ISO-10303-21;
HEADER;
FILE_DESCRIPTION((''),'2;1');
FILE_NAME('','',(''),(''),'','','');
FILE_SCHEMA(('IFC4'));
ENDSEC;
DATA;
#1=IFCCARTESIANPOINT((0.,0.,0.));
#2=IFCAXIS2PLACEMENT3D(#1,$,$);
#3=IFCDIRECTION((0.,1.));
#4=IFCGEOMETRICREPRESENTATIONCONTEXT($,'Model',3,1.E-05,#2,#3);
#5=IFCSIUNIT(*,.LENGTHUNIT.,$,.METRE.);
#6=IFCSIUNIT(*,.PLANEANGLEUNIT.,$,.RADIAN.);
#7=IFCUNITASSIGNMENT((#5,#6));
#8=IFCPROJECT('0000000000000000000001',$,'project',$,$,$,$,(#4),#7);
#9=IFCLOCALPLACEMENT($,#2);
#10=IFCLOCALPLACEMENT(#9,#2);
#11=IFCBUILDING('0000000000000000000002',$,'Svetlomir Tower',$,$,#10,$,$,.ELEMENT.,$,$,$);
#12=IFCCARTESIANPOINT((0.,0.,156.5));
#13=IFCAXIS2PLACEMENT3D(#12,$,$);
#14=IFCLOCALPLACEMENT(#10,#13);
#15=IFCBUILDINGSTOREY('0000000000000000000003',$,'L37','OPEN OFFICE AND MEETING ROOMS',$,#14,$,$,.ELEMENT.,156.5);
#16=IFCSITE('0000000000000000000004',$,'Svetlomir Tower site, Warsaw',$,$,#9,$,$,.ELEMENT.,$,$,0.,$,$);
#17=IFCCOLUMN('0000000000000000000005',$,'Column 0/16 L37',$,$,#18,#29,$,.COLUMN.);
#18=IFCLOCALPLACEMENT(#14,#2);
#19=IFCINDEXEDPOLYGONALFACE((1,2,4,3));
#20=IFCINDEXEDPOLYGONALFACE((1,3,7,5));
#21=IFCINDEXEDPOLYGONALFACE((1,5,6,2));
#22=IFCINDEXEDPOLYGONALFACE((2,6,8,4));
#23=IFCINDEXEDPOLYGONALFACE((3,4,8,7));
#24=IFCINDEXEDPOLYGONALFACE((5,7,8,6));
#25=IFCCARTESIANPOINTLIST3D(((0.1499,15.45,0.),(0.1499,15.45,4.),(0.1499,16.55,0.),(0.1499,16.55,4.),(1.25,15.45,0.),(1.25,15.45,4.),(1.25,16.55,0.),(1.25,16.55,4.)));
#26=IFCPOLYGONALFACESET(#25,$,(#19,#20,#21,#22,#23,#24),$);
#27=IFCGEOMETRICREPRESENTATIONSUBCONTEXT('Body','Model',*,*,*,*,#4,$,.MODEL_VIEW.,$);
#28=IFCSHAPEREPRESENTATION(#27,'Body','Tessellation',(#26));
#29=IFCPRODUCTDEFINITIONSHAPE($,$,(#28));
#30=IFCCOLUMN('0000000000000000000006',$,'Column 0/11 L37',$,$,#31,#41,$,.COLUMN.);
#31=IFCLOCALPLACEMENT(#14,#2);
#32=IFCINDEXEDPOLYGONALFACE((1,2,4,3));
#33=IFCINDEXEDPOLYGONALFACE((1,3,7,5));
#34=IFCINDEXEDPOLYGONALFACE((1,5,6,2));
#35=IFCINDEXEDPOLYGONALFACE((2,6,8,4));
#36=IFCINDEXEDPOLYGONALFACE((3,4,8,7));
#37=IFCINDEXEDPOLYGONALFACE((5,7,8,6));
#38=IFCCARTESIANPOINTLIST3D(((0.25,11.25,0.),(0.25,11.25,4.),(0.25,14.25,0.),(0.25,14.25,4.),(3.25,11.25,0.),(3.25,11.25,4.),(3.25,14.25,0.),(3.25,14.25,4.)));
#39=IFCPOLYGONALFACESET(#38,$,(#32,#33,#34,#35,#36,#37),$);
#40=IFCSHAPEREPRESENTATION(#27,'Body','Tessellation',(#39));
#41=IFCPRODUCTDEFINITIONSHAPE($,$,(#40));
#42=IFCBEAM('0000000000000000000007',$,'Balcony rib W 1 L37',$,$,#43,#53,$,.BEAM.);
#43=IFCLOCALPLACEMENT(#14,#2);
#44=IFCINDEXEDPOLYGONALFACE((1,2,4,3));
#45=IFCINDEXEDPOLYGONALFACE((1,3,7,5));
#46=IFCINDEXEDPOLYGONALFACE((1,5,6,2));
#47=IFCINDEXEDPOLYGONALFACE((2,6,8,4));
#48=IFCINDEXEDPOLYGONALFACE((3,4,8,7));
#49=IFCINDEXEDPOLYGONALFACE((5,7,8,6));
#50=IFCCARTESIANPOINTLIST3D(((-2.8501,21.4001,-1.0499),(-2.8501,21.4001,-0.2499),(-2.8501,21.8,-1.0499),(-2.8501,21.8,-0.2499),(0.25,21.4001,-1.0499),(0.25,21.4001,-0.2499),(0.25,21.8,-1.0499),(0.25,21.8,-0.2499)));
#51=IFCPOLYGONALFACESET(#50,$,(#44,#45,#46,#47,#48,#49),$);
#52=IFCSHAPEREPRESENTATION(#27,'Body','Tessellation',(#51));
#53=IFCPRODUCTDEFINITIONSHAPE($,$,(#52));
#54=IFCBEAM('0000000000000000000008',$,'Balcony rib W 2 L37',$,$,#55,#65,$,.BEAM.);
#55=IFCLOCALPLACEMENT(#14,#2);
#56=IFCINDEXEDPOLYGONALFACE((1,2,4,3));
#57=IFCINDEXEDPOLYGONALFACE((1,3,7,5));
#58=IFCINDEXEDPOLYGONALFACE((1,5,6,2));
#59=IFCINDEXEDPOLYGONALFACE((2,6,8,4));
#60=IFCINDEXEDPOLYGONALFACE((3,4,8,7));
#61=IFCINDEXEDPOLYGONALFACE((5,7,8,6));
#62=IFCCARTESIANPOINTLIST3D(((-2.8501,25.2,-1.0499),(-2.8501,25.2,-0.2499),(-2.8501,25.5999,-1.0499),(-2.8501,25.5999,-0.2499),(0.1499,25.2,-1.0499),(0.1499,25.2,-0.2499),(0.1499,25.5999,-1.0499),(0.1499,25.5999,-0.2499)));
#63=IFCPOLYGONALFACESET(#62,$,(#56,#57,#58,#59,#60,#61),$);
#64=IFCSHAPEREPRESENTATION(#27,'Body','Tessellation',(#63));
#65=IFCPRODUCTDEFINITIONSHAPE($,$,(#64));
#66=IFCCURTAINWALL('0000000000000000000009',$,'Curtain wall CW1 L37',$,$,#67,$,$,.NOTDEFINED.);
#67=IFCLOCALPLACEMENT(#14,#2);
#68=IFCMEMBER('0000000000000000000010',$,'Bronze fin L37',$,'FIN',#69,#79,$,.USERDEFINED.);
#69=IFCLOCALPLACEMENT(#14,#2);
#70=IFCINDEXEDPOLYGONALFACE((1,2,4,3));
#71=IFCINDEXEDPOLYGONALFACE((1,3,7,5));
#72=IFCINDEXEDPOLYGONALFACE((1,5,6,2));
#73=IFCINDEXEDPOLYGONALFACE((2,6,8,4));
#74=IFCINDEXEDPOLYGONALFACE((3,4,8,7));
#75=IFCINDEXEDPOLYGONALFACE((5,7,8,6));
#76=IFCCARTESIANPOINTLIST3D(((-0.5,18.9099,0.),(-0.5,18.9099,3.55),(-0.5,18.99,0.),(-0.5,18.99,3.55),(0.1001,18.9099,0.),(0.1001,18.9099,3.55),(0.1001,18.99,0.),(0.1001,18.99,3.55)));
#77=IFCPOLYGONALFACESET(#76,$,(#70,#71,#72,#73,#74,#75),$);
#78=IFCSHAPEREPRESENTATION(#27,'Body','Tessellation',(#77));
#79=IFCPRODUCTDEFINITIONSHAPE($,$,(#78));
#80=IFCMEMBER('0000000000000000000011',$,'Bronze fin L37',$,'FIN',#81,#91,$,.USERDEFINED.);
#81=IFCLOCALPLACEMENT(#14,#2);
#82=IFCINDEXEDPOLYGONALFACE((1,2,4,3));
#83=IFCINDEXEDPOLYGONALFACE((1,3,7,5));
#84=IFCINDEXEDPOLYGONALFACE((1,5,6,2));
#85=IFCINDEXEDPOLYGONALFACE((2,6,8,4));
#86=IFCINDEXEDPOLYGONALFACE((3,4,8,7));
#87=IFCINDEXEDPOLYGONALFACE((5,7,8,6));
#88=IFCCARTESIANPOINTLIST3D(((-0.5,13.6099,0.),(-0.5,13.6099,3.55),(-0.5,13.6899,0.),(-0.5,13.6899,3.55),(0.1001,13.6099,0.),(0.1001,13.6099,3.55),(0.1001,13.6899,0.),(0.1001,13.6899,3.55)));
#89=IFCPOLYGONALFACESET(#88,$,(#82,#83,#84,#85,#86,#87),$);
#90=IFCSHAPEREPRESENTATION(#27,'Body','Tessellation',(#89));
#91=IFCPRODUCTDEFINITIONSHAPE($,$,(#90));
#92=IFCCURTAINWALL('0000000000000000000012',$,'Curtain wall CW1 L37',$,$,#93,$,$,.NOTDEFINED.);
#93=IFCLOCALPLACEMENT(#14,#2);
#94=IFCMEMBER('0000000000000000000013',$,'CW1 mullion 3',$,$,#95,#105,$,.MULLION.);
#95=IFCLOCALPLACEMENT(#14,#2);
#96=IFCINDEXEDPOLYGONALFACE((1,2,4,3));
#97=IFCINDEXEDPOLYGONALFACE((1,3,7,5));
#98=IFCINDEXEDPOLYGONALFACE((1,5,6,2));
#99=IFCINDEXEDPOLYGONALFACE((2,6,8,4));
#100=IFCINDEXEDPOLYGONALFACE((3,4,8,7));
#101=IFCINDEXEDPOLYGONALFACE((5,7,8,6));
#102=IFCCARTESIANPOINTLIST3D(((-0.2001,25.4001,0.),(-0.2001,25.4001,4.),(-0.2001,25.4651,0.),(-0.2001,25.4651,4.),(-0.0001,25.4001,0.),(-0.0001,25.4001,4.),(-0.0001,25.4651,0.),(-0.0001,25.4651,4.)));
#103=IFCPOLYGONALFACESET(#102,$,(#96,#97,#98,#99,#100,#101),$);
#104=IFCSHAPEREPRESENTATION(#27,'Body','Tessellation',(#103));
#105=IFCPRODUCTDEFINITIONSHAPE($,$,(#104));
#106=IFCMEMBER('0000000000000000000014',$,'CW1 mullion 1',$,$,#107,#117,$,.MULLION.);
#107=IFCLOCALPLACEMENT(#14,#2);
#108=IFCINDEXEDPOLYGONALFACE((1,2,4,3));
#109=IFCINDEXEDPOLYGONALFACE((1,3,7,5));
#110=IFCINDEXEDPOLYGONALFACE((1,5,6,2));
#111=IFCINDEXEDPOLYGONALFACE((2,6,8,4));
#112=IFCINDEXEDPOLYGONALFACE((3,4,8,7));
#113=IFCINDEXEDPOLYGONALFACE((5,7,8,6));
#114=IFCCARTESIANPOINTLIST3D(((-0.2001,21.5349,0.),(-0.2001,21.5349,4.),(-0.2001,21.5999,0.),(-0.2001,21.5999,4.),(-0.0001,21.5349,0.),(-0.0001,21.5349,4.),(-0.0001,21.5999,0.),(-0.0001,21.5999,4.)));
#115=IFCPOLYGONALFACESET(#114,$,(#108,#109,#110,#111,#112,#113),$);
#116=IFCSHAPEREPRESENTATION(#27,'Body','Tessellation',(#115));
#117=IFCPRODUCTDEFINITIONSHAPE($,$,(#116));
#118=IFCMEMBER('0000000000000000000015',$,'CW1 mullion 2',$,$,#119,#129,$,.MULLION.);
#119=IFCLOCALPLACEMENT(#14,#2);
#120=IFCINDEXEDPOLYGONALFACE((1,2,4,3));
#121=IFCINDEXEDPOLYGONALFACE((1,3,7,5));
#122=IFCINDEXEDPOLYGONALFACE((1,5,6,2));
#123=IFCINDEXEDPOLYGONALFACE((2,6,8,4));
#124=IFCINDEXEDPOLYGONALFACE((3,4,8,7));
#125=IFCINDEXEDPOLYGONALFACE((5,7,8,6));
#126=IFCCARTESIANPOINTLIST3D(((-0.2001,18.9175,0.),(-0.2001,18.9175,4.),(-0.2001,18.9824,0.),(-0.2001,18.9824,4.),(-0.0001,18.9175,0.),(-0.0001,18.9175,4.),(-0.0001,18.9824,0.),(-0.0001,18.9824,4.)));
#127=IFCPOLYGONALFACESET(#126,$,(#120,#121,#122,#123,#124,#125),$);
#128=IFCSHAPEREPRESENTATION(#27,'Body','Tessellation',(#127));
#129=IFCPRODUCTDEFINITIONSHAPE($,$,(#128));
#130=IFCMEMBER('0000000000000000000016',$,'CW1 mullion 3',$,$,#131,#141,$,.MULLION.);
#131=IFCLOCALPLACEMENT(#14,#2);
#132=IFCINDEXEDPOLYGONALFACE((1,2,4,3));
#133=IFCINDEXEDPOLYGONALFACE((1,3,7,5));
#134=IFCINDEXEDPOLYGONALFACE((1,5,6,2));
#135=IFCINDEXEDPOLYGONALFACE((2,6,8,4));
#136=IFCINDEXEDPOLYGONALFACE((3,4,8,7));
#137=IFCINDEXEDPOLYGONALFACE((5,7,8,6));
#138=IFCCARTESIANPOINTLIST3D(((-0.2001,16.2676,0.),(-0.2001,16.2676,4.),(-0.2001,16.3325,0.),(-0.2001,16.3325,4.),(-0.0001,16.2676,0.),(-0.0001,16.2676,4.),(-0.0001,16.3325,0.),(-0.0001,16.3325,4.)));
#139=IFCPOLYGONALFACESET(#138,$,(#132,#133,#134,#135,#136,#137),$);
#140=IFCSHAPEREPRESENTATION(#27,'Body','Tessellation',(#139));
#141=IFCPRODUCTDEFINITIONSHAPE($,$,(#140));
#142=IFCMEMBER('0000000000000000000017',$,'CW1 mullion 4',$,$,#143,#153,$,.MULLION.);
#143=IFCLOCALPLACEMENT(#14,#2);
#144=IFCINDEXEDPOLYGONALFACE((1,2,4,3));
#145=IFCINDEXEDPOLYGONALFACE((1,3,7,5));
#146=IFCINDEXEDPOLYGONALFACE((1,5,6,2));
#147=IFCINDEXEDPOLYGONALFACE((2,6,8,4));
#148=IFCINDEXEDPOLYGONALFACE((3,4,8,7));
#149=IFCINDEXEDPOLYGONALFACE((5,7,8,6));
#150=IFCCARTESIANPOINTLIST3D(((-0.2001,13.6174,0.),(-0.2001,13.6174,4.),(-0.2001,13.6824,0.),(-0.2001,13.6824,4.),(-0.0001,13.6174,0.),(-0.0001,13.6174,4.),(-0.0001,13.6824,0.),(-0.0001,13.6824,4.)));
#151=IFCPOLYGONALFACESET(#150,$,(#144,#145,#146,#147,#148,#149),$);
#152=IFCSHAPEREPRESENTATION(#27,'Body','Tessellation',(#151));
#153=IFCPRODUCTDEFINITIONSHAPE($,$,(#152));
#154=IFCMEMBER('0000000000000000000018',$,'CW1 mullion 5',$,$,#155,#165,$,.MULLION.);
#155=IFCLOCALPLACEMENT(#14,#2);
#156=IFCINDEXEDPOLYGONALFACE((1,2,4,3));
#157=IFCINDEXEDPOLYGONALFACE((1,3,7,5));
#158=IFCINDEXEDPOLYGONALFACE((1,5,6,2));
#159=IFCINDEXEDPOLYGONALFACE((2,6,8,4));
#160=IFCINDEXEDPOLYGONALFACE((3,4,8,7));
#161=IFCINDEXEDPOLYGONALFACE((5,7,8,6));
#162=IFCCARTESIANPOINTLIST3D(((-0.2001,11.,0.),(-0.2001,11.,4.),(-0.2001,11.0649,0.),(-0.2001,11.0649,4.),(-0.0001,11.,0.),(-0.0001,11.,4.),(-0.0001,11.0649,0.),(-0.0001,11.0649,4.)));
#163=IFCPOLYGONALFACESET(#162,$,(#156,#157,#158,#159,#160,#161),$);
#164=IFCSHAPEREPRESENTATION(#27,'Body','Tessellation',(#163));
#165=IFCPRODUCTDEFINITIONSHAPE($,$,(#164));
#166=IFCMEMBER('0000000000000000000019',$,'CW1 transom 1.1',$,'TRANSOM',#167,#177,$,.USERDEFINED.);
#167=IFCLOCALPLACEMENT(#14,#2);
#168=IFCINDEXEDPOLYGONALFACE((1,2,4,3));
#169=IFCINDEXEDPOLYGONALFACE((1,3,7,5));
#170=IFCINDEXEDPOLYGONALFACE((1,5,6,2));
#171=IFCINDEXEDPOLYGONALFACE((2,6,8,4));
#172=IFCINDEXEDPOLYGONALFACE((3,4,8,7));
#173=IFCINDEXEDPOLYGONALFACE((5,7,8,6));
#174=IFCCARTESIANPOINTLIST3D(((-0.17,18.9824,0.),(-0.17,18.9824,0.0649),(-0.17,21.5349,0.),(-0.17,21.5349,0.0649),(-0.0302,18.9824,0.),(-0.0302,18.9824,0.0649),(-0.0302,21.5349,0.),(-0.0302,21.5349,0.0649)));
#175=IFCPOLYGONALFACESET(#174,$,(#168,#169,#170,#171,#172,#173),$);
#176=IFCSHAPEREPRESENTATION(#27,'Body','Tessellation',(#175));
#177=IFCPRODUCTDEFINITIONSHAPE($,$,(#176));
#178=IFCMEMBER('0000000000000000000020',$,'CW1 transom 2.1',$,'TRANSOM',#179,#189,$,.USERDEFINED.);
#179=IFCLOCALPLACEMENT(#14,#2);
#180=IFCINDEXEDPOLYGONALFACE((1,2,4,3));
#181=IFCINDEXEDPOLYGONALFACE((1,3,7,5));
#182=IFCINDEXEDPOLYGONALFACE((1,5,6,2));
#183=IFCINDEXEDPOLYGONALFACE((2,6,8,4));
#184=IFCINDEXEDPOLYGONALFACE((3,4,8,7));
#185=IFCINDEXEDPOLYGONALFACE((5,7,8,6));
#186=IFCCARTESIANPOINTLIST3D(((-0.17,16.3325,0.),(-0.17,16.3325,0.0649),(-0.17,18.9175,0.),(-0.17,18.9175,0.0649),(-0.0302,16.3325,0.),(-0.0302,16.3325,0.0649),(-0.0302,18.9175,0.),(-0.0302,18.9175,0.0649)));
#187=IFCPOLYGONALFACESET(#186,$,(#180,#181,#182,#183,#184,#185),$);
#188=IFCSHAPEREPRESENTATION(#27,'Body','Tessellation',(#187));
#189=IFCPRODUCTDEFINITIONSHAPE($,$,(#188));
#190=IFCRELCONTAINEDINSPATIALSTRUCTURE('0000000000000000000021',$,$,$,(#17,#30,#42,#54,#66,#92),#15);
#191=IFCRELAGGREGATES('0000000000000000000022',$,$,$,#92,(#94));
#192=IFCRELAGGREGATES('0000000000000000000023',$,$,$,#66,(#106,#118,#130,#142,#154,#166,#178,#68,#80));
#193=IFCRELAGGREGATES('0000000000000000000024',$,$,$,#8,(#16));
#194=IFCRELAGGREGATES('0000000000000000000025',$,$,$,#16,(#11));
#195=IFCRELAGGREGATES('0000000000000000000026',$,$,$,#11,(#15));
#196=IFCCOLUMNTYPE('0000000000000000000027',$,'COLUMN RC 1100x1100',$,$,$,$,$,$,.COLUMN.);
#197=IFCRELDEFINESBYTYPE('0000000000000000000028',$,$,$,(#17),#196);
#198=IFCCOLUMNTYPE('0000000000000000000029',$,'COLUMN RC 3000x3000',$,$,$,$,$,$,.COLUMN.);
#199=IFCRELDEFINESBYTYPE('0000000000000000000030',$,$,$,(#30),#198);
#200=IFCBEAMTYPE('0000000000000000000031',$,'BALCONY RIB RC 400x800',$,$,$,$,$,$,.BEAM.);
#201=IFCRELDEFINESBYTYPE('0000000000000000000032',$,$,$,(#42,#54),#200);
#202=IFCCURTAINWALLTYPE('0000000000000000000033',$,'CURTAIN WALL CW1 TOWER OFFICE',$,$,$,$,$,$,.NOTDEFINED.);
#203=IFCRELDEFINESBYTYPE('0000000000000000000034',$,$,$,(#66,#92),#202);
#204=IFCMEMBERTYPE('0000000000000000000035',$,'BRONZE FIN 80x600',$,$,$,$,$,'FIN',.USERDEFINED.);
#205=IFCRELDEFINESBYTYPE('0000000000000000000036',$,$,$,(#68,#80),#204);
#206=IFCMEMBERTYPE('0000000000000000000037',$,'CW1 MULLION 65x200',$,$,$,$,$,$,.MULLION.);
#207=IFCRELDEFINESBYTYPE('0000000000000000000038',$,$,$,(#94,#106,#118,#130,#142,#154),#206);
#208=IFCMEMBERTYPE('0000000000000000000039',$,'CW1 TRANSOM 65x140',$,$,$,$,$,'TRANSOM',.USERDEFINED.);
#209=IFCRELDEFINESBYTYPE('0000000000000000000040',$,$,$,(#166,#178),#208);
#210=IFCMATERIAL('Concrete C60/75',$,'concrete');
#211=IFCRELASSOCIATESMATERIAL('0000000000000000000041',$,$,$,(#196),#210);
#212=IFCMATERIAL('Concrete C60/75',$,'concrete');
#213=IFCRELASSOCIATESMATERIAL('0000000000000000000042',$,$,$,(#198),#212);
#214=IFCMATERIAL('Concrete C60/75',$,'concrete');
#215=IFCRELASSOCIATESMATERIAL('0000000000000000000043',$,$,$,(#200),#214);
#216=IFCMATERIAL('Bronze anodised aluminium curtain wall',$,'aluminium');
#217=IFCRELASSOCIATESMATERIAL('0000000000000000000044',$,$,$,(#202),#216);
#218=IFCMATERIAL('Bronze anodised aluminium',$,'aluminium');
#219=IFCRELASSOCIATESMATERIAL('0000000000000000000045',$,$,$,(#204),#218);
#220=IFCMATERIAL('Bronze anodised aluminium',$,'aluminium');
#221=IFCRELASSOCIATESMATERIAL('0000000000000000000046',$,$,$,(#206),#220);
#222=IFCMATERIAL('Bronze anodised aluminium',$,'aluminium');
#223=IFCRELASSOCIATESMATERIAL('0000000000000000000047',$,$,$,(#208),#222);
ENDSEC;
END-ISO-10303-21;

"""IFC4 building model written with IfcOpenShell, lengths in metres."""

from ifc_helpers import new_model, si_unit, direction, frame, origin, origin_2d, place, context, subcontext, project, spatial, rectangle, extrude, material, material_profile, profile_set, type_object, element, aggregate, save


model = new_model("IFC4")

# Units and contexts
model_context = context("Model", 3, precision=1e-05, world=origin(), true_north=direction((0.0, 1.0)))
body_context = subcontext(model_context, "Body", "Model", "MODEL_VIEW")
ifc_project = project(units=[si_unit("LENGTHUNIT", "METRE"), si_unit("PLANEANGLEUNIT", "RADIAN")], contexts=[model_context])

# Site, building, storey
site_placement = place(None, origin())
site = spatial("IfcSite", under=ifc_project, at=site_placement, Name="Svetlomir Tower site, Warsaw", CompositionType="ELEMENT", RefElevation=0.0)
building_placement = place(site_placement, origin())
building = spatial("IfcBuilding", under=site, at=building_placement, Name="Svetlomir Tower", CompositionType="ELEMENT")
storey_placement = place(building_placement, frame((0.0, 0.0, 156.5)))
storey = spatial("IfcBuildingStorey", under=building, at=storey_placement, Name="L37", Description="OPEN OFFICE AND MEETING ROOMS", CompositionType="ELEMENT", Elevation=156.5)

# Columns
ifc_material_1 = material(Name="Concrete C60/75", Category="concrete")
ifc_material_profile_1 = material_profile(ifc_material_1, rectangle(XDim=1.1001, YDim=1.1001, at=origin_2d()), Name="RC 1100x1100")
ifc_profile_set_1 = profile_set([ifc_material_profile_1], Name="Concrete C60/75")
column_type_1 = type_object("IfcColumnType", Name="COLUMN RC 1100x1100", PredefinedType="COLUMN", material=ifc_profile_set_1)
column_1_placement = place(storey_placement, frame((0.7, 16.0, 0.0), z_axis=(0.0, 0.0, 1.0), x_axis=(1.0, 0.0, 0.0)))
element("IfcColumn", 1, at=column_1_placement, inside=storey, type_object=column_type_1, Name="Column 0/16 L37", PredefinedType="COLUMN", context=body_context, shape_type="SweptSolid", body=[
    extrude(rectangle(XDim=1.1001, YDim=1.1001, at=origin_2d()), origin(), (0.0, 0.0, 1.0), 4.0),
])
ifc_material_2 = material(Name="Concrete C60/75", Category="concrete")
ifc_material_profile_2 = material_profile(ifc_material_2, rectangle(XDim=3.0, YDim=3.0, at=origin_2d()), Name="RC 3000x3000")
ifc_profile_set_2 = profile_set([ifc_material_profile_2], Name="Concrete C60/75")
column_type_2 = type_object("IfcColumnType", Name="COLUMN RC 3000x3000", PredefinedType="COLUMN", material=ifc_profile_set_2)
column_2_placement = place(storey_placement, frame((1.75, 12.75, 0.0), z_axis=(0.0, 0.0, 1.0), x_axis=(1.0, 0.0, 0.0)))
element("IfcColumn", 2, at=column_2_placement, inside=storey, type_object=column_type_2, Name="Column 0/11 L37", PredefinedType="COLUMN", context=body_context, shape_type="SweptSolid", body=[
    extrude(rectangle(XDim=3.0, YDim=3.0, at=origin_2d()), origin(), (0.0, 0.0, 1.0), 4.0),
])

# Beams
ifc_material_3 = material(Name="Concrete C60/75", Category="concrete")
ifc_material_profile_3 = material_profile(ifc_material_3, rectangle(XDim=0.3999, YDim=0.8, at=origin_2d()), Name="RC 400x800")
ifc_profile_set_3 = profile_set([ifc_material_profile_3], Name="Concrete C60/75")
beam_type_1 = type_object("IfcBeamType", Name="BALCONY RIB RC 400x800", PredefinedType="BEAM", material=ifc_profile_set_3)
beam_1_placement = place(storey_placement, frame((0.25, 21.6001, -0.6499), z_axis=(-1.0, 0.0, 0.0), x_axis=(0.0, -1.0, 0.0)))
element("IfcBeam", 3, at=beam_1_placement, inside=storey, type_object=beam_type_1, Name="Balcony rib W 1 L37", PredefinedType="BEAM", context=body_context, shape_type="SweptSolid", body=[
    extrude(rectangle(XDim=0.3999, YDim=0.8, at=origin_2d()), origin(), (0.0, 0.0, 1.0), 3.1001),
])
beam_2_placement = place(storey_placement, frame((0.1499, 25.3999, -0.6499), z_axis=(-1.0, 0.0, 0.0), x_axis=(0.0, -1.0, 0.0)))
element("IfcBeam", 4, at=beam_2_placement, inside=storey, type_object=beam_type_1, Name="Balcony rib W 2 L37", PredefinedType="BEAM", context=body_context, shape_type="SweptSolid", body=[
    extrude(rectangle(XDim=0.3999, YDim=0.8, at=origin_2d()), origin(), (0.0, 0.0, 1.0), 3.0),
])

# Curtain wall, members
ifc_material_4 = material(Name="Bronze anodised aluminium curtain wall", Category="aluminium")
curtain_wall_type = type_object("IfcCurtainWallType", Name="CURTAIN WALL CW1 TOWER OFFICE", PredefinedType="NOTDEFINED", material=ifc_material_4)
curtain_wall_1_placement = place(storey_placement, origin())
curtain_wall_1 = element("IfcCurtainWall", 5, at=curtain_wall_1_placement, inside=storey, type_object=curtain_wall_type, Name="Curtain wall CW1 L37", PredefinedType="NOTDEFINED")
ifc_material_5 = material(Name="Bronze anodised aluminium", Category="aluminium")
ifc_material_profile_4 = material_profile(ifc_material_5, rectangle(XDim=0.0801, YDim=0.6001, at=origin_2d()), Name="FIN 80x600")
ifc_profile_set_4 = profile_set([ifc_material_profile_4], Name="Bronze anodised aluminium 6063-T6")
member_type_1 = type_object("IfcMemberType", Name="BRONZE FIN 80x600", ElementType="FIN", PredefinedType="USERDEFINED", material=ifc_profile_set_4)
member_1_placement = place(storey_placement, frame((-0.2, 18.95, 0.0), z_axis=(0.0, 0.0, 1.0), x_axis=(0.0, 1.0, 0.0)))
member_1 = element("IfcMember", 6, at=member_1_placement, type_object=member_type_1, Name="Bronze fin L37", ObjectType="FIN", PredefinedType="USERDEFINED", context=body_context, shape_type="SweptSolid", body=[
    extrude(rectangle(XDim=0.0801, YDim=0.6001, at=origin_2d()), origin(), (0.0, 0.0, 1.0), 3.55),
])
member_2_placement = place(storey_placement, frame((-0.2, 13.6499, 0.0), z_axis=(0.0, 0.0, 1.0), x_axis=(0.0, 1.0, 0.0)))
member_2 = element("IfcMember", 7, at=member_2_placement, type_object=member_type_1, Name="Bronze fin L37", ObjectType="FIN", PredefinedType="USERDEFINED", context=body_context, shape_type="SweptSolid", body=[
    extrude(rectangle(XDim=0.0801, YDim=0.6001, at=origin_2d()), origin(), (0.0, 0.0, 1.0), 3.55),
])

# Curtain wall, member
curtain_wall_2_placement = place(storey_placement, origin())
curtain_wall_2 = element("IfcCurtainWall", 8, at=curtain_wall_2_placement, inside=storey, type_object=curtain_wall_type, Name="Curtain wall CW1 L37", PredefinedType="NOTDEFINED")
ifc_material_6 = material(Name="Bronze anodised aluminium", Category="aluminium")
ifc_material_profile_5 = material_profile(ifc_material_6, rectangle(XDim=0.0649, YDim=0.2, at=origin_2d()), Name="AL 65x200")
ifc_profile_set_5 = profile_set([ifc_material_profile_5], Name="Bronze anodised aluminium 6063-T6")
member_type_2 = type_object("IfcMemberType", Name="CW1 MULLION 65x200", PredefinedType="MULLION", material=ifc_profile_set_5)
member_3_placement = place(storey_placement, frame((-0.1001, 25.4326, 0.0), z_axis=(0.0, 0.0, 1.0), x_axis=(0.0, -1.0, 0.0)))
member_3 = element("IfcMember", 9, at=member_3_placement, type_object=member_type_2, Name="CW1 mullion 3", PredefinedType="MULLION", context=body_context, shape_type="SweptSolid", body=[
    extrude(rectangle(XDim=0.0649, YDim=0.2, at=origin_2d()), origin(), (0.0, 0.0, 1.0), 4.0),
])
aggregate(curtain_wall_2, [member_3])

# Members
member_4_placement = place(storey_placement, frame((-0.1001, 21.5674, 0.0), z_axis=(0.0, 0.0, 1.0), x_axis=(0.0, -1.0, 0.0)))
member_4 = element("IfcMember", 10, at=member_4_placement, type_object=member_type_2, Name="CW1 mullion 1", PredefinedType="MULLION", context=body_context, shape_type="SweptSolid", body=[
    extrude(rectangle(XDim=0.0649, YDim=0.2, at=origin_2d()), origin(), (0.0, 0.0, 1.0), 4.0),
])
member_5_placement = place(storey_placement, frame((-0.1001, 18.95, 0.0), z_axis=(0.0, 0.0, 1.0), x_axis=(0.0, -1.0, 0.0)))
member_5 = element("IfcMember", 11, at=member_5_placement, type_object=member_type_2, Name="CW1 mullion 2", PredefinedType="MULLION", context=body_context, shape_type="SweptSolid", body=[
    extrude(rectangle(XDim=0.0649, YDim=0.2, at=origin_2d()), origin(), (0.0, 0.0, 1.0), 4.0),
])
member_6_placement = place(storey_placement, frame((-0.1001, 16.3, 0.0), z_axis=(0.0, 0.0, 1.0), x_axis=(0.0, -1.0, 0.0)))
member_6 = element("IfcMember", 12, at=member_6_placement, type_object=member_type_2, Name="CW1 mullion 3", PredefinedType="MULLION", context=body_context, shape_type="SweptSolid", body=[
    extrude(rectangle(XDim=0.0649, YDim=0.2, at=origin_2d()), origin(), (0.0, 0.0, 1.0), 4.0),
])
member_7_placement = place(storey_placement, frame((-0.1001, 13.6499, 0.0), z_axis=(0.0, 0.0, 1.0), x_axis=(0.0, -1.0, 0.0)))
member_7 = element("IfcMember", 13, at=member_7_placement, type_object=member_type_2, Name="CW1 mullion 4", PredefinedType="MULLION", context=body_context, shape_type="SweptSolid", body=[
    extrude(rectangle(XDim=0.0649, YDim=0.2, at=origin_2d()), origin(), (0.0, 0.0, 1.0), 4.0),
])
member_8_placement = place(storey_placement, frame((-0.1001, 11.0325, 0.0), z_axis=(0.0, 0.0, 1.0), x_axis=(0.0, -1.0, 0.0)))
member_8 = element("IfcMember", 14, at=member_8_placement, type_object=member_type_2, Name="CW1 mullion 5", PredefinedType="MULLION", context=body_context, shape_type="SweptSolid", body=[
    extrude(rectangle(XDim=0.0649, YDim=0.2, at=origin_2d()), origin(), (0.0, 0.0, 1.0), 4.0),
])
ifc_material_7 = material(Name="Bronze anodised aluminium", Category="aluminium")
ifc_material_profile_6 = material_profile(ifc_material_7, rectangle(XDim=0.1399, YDim=0.0649, at=origin_2d()), Name="AL 140x65")
ifc_profile_set_6 = profile_set([ifc_material_profile_6], Name="Bronze anodised aluminium 6063-T6")
member_type_3 = type_object("IfcMemberType", Name="CW1 TRANSOM 65x140", ElementType="TRANSOM", PredefinedType="USERDEFINED", material=ifc_profile_set_6)
member_9_placement = place(storey_placement, frame((-0.1001, 21.5349, 0.0325), z_axis=(0.0, -1.0, 0.0), x_axis=(1.0, 0.0, 0.0)))
member_9 = element("IfcMember", 15, at=member_9_placement, type_object=member_type_3, Name="CW1 transom 1.1", ObjectType="TRANSOM", PredefinedType="USERDEFINED", context=body_context, shape_type="SweptSolid", body=[
    extrude(rectangle(XDim=0.1399, YDim=0.0649, at=origin_2d()), origin(), (0.0, 0.0, 1.0), 2.5525),
])
member_10_placement = place(storey_placement, frame((-0.1001, 18.9175, 0.0325), z_axis=(0.0, -1.0, 0.0), x_axis=(1.0, 0.0, 0.0)))
member_10 = element("IfcMember", 16, at=member_10_placement, type_object=member_type_3, Name="CW1 transom 2.1", ObjectType="TRANSOM", PredefinedType="USERDEFINED", context=body_context, shape_type="SweptSolid", body=[
    extrude(rectangle(XDim=0.1399, YDim=0.0649, at=origin_2d()), origin(), (0.0, 0.0, 1.0), 2.585),
])

aggregate(curtain_wall_1, [member_4, member_5, member_6, member_7, member_8, member_9, member_10, member_1, member_2])

save(model, "model.ifc")
